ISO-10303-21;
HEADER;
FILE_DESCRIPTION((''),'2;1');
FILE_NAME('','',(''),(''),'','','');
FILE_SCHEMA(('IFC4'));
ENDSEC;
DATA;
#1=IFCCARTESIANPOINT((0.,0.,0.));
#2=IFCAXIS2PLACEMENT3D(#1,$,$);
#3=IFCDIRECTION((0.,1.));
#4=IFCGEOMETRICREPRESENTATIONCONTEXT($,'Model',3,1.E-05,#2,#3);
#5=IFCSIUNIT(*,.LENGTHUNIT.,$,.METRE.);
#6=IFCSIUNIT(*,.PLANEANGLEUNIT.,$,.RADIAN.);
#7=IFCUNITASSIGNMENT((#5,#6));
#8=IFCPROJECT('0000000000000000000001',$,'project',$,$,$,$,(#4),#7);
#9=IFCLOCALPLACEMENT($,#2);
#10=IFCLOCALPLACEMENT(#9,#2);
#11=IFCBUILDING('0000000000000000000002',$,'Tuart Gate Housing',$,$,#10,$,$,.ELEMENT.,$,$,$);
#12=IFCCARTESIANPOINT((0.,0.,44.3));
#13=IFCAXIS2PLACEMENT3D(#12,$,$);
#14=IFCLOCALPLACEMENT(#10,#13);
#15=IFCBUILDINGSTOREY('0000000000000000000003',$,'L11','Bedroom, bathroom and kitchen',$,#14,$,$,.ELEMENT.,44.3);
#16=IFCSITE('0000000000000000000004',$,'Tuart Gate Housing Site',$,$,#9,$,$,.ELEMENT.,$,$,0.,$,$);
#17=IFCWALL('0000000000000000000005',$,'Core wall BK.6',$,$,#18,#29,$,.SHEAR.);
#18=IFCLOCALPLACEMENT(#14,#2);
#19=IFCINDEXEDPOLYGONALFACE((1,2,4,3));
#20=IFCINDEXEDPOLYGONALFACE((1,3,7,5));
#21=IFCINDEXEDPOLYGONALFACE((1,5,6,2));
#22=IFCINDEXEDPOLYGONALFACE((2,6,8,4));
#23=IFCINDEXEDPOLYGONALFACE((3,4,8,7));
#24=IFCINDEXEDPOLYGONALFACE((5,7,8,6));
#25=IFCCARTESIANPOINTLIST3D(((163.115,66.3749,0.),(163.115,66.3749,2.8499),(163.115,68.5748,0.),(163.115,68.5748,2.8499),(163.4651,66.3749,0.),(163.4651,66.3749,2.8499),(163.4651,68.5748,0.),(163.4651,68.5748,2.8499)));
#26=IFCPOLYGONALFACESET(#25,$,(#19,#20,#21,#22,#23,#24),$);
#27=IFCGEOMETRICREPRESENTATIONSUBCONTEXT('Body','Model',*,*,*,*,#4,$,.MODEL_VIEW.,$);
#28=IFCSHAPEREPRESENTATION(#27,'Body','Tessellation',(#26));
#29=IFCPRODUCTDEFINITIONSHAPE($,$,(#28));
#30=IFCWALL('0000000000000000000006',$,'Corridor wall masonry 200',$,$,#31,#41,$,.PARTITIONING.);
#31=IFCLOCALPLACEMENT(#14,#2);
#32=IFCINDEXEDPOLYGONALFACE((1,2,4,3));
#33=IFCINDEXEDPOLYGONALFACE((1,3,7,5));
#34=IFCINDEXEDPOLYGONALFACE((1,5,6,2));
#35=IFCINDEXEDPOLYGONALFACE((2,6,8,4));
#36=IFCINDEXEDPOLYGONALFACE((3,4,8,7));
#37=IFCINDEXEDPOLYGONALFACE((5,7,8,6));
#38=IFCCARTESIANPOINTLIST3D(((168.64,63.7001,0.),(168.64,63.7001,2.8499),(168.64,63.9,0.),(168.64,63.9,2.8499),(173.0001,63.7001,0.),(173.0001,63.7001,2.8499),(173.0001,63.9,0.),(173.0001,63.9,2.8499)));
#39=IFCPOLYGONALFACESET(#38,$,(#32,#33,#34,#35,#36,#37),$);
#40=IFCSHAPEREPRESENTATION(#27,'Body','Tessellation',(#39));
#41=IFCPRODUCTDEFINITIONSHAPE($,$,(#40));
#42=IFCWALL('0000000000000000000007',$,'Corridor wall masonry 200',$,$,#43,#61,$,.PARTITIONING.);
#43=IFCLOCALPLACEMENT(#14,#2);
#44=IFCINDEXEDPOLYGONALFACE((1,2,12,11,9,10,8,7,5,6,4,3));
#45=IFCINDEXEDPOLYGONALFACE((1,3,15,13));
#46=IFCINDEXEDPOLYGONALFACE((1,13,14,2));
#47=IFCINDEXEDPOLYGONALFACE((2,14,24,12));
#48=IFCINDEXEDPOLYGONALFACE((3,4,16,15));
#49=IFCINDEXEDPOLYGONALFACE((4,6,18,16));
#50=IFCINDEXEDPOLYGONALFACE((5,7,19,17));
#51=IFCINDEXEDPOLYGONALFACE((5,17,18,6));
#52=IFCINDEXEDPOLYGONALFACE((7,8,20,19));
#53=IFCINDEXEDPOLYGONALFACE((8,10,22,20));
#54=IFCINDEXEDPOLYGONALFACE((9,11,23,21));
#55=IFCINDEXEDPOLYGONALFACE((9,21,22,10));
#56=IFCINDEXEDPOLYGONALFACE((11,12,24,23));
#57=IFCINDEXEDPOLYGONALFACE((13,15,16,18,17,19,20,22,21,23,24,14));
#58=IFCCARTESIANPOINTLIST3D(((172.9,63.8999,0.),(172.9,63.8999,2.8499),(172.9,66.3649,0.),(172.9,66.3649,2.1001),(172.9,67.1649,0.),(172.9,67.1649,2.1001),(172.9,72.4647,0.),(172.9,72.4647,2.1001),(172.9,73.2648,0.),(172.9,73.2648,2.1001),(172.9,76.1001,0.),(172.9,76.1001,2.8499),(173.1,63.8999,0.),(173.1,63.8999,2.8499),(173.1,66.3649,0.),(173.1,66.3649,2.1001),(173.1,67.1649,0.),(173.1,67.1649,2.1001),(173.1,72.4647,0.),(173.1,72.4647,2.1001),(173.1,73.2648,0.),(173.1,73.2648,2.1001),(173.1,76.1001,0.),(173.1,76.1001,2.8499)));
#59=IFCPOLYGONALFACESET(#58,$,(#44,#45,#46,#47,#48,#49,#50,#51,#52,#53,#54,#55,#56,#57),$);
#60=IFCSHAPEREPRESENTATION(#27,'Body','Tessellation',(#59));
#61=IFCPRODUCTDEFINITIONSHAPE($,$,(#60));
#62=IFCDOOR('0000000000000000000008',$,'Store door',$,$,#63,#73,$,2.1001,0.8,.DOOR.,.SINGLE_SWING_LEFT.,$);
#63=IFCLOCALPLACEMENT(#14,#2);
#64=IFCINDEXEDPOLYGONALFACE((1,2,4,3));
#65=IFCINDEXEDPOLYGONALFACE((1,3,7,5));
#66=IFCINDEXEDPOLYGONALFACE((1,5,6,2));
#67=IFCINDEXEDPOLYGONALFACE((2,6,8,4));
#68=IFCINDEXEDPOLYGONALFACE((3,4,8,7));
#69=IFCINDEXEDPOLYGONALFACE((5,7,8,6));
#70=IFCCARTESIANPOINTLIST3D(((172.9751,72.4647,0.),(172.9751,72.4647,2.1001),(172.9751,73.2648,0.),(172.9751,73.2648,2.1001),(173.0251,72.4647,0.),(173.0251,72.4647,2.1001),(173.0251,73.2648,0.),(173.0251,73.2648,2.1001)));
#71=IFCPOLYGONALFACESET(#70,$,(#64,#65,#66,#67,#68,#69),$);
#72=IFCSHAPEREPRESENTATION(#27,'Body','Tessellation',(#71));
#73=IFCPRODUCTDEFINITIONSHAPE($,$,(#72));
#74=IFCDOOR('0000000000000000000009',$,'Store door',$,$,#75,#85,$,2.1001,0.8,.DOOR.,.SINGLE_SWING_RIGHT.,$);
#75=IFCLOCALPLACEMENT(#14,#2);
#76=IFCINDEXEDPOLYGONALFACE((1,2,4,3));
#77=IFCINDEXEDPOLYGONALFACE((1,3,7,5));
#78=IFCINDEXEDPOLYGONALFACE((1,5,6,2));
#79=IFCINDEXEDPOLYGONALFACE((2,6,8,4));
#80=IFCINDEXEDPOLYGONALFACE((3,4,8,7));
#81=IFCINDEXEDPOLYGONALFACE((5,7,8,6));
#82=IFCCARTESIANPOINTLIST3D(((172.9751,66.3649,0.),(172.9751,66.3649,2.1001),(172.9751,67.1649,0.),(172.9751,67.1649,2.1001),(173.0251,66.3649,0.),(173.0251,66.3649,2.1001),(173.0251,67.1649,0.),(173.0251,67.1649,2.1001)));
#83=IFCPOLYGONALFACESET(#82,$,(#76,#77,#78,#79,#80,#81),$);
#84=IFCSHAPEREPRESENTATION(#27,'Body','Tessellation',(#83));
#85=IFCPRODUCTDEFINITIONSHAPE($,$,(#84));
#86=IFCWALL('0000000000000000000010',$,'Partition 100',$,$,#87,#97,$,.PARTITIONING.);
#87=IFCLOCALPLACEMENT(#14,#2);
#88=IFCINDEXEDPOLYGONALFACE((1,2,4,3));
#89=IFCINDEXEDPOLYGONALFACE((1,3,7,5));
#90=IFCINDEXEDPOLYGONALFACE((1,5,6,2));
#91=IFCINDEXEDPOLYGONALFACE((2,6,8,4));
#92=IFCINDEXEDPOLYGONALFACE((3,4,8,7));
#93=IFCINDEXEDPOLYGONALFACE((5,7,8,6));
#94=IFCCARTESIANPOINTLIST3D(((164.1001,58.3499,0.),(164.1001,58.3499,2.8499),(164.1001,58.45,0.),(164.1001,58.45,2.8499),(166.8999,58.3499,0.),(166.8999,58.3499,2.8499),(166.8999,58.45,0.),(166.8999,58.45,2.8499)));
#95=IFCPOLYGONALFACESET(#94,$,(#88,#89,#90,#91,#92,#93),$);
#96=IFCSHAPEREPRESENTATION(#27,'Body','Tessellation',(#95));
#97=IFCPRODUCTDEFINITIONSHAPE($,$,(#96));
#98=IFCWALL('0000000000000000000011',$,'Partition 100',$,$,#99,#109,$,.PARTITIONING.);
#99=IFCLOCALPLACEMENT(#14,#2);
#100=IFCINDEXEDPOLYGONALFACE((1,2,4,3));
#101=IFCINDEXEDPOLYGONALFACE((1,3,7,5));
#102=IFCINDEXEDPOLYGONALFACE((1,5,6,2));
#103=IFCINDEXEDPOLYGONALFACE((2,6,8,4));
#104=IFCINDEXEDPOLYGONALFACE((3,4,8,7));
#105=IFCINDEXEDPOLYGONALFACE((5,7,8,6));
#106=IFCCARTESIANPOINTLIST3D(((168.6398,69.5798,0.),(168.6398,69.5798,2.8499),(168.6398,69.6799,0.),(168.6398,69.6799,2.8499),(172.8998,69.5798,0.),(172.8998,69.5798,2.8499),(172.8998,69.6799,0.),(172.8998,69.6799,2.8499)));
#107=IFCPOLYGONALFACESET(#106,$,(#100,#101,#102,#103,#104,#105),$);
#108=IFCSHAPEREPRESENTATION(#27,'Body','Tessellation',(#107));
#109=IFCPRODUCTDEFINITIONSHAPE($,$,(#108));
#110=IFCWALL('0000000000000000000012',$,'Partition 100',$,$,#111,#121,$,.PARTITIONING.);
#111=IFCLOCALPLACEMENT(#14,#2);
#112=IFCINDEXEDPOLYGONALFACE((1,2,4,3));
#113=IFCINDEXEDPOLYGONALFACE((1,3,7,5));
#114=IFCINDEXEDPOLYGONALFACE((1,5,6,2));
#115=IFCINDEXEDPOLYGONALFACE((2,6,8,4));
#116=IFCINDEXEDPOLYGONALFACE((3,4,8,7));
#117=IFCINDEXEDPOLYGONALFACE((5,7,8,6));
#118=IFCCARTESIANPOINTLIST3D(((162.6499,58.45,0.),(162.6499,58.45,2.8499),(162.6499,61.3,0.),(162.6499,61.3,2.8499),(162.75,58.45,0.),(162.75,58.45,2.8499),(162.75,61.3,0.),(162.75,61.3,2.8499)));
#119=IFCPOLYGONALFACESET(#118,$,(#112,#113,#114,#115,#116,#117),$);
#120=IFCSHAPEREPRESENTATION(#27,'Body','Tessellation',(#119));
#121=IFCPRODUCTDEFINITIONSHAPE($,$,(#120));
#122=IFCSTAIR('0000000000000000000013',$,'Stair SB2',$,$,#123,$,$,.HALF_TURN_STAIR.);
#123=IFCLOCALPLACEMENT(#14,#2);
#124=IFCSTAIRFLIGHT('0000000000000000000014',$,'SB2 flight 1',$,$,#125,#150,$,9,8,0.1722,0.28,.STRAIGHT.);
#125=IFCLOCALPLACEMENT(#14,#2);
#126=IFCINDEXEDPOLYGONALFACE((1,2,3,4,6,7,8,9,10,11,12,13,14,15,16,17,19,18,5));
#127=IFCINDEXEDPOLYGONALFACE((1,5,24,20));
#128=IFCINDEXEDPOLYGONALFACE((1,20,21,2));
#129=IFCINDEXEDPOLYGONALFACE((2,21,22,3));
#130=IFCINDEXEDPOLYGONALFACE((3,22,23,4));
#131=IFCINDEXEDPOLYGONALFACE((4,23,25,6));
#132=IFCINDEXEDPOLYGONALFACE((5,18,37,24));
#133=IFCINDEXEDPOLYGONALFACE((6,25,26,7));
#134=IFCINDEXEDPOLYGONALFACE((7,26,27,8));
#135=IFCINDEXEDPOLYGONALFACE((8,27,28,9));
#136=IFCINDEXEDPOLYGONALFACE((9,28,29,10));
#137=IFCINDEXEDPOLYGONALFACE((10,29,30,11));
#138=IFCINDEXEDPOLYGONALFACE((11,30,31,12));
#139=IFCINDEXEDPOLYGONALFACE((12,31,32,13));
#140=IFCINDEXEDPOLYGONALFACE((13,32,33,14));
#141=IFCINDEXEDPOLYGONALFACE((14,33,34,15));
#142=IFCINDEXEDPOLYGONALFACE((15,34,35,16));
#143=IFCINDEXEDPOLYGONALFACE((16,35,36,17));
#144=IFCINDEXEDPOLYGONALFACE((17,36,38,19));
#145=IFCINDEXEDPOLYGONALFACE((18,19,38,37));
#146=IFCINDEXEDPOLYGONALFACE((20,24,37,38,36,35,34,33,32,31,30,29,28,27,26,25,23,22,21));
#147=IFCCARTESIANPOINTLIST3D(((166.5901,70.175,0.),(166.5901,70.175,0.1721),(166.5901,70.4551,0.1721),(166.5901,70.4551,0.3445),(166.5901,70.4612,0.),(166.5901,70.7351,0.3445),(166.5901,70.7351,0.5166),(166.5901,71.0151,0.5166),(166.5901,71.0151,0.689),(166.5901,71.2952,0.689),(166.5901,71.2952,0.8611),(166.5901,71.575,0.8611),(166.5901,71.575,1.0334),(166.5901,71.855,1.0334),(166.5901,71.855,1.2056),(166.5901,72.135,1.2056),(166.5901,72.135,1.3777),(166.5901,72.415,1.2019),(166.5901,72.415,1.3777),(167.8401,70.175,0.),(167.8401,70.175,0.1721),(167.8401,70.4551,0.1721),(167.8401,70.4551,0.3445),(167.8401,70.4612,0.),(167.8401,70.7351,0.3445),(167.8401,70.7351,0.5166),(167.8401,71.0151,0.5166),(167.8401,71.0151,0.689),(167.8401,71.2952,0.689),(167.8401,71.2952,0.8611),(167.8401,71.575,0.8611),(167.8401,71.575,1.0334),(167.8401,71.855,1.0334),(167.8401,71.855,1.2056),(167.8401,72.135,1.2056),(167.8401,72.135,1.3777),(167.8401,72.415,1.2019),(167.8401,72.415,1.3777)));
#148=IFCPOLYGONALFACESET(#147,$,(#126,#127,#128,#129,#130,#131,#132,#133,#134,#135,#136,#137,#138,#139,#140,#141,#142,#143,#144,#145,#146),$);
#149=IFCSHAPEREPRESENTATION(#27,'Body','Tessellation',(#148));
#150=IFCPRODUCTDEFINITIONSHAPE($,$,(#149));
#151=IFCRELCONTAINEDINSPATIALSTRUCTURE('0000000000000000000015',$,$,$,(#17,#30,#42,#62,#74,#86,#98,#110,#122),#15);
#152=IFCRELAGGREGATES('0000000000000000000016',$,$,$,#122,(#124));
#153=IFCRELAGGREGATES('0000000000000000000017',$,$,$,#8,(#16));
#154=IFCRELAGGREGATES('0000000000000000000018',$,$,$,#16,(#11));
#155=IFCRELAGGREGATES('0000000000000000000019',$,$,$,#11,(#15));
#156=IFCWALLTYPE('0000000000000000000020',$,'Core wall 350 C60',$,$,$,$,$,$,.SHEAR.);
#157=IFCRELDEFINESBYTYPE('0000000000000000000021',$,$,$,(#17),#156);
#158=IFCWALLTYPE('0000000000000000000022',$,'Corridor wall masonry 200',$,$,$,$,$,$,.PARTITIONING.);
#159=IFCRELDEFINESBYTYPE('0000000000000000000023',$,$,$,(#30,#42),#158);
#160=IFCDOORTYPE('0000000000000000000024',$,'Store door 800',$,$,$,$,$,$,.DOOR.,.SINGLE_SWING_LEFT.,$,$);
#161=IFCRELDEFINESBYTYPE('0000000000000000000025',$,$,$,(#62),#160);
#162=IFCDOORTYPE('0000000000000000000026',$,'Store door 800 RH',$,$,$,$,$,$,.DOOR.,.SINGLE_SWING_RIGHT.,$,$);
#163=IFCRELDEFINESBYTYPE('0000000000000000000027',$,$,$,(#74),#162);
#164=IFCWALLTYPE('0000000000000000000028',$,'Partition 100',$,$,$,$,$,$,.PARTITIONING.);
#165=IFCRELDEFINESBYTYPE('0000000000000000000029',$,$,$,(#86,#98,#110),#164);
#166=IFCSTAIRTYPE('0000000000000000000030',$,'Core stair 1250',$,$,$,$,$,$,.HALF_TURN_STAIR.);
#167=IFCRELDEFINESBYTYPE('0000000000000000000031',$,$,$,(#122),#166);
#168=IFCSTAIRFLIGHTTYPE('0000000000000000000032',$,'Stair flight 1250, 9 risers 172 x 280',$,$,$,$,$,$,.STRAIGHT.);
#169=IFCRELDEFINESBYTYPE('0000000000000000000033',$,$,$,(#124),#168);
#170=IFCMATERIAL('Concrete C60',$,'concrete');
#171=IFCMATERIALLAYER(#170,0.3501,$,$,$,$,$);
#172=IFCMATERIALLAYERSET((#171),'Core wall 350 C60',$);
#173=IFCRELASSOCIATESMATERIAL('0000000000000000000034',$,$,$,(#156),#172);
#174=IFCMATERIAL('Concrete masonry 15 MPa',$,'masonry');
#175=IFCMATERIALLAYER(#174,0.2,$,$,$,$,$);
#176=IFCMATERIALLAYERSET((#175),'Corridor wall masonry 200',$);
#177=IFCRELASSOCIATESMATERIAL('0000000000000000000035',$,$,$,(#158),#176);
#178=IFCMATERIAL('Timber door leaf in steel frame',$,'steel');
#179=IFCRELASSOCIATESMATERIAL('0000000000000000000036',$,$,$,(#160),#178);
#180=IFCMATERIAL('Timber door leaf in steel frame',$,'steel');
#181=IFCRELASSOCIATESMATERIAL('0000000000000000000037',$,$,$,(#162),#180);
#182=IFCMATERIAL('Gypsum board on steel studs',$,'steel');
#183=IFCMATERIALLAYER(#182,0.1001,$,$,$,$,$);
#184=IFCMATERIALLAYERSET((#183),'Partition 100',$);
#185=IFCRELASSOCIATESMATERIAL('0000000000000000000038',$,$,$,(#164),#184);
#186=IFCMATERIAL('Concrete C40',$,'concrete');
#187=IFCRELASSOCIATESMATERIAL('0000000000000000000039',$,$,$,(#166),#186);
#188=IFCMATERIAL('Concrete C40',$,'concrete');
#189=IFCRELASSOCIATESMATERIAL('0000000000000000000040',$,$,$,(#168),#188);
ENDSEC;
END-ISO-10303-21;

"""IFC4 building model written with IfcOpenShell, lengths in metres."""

from ifc_helpers import new_model, si_unit, direction, frame, frame_2d, origin, place, context, subcontext, project, spatial, polyline, rectangle, outline, extrude, material, layer, layer_set, type_object, element, fill, aggregate, save


model = new_model("IFC4")

# Units and contexts
model_context = context("Model", 3, precision=1e-05, world=origin(), true_north=direction((0.0, 1.0)))
body_context = subcontext(model_context, "Body", "Model", "MODEL_VIEW")
ifc_project = project(units=[si_unit("LENGTHUNIT", "METRE"), si_unit("PLANEANGLEUNIT", "RADIAN")], contexts=[model_context])

# Site, building, storey
site_placement = place(None, origin())
site = spatial("IfcSite", under=ifc_project, at=site_placement, Name="Tuart Gate Housing Site", CompositionType="ELEMENT", RefElevation=0.0)
building_placement = place(site_placement, origin())
building = spatial("IfcBuilding", under=site, at=building_placement, Name="Tuart Gate Housing", CompositionType="ELEMENT")
storey_placement = place(building_placement, frame((0.0, 0.0, 44.3)))
storey = spatial("IfcBuildingStorey", under=building, at=storey_placement, Name="L11", Description="Bedroom, bathroom and kitchen", CompositionType="ELEMENT", Elevation=44.3)

# Walls
ifc_material_1 = material(Name="Concrete C60", Category="concrete")
ifc_layer_1 = layer(ifc_material_1, 0.3501)
ifc_layer_set_1 = layer_set([ifc_layer_1], Name="Core wall 350 C60")
wall_type_1 = type_object("IfcWallType", Name="Core wall 350 C60", PredefinedType="SHEAR", material=ifc_layer_set_1)
wall_1_placement = place(storey_placement, frame((163.29, 68.575, 0.0), z_axis=(0.0, 0.0, 1.0), x_axis=(0.0, -1.0, 0.0)))
element("IfcWall", 1, at=wall_1_placement, inside=storey, type_object=wall_type_1, Name="Core wall BK.6", PredefinedType="SHEAR", context=body_context, shape_type="SweptSolid", body=[
    extrude(rectangle(XDim=2.2, YDim=0.3501, at=frame_2d((1.1001, 0.0))), origin(), (0.0, 0.0, 1.0), 2.8499),
])
ifc_material_2 = material(Name="Concrete masonry 15 MPa", Category="masonry")
ifc_layer_2 = layer(ifc_material_2, 0.2)
ifc_layer_set_2 = layer_set([ifc_layer_2], Name="Corridor wall masonry 200")
wall_type_2 = type_object("IfcWallType", Name="Corridor wall masonry 200", PredefinedType="PARTITIONING", material=ifc_layer_set_2)
wall_2_placement = place(storey_placement, frame((168.6399, 63.8, 0.0), z_axis=(0.0, 0.0, 1.0), x_axis=(1.0, 0.0, 0.0)))
element("IfcWall", 2, at=wall_2_placement, inside=storey, type_object=wall_type_2, Name="Corridor wall masonry 200", PredefinedType="PARTITIONING", context=body_context, shape_type="SweptSolid", body=[
    extrude(rectangle(XDim=4.3601, YDim=0.2, at=frame_2d((2.1802, 0.0))), origin(), (0.0, 0.0, 1.0), 2.8499),
])

# Wall, openings, doors
wall_3_placement = place(storey_placement, frame((173.0, 63.8999, 0.0), z_axis=(0.0, 0.0, 1.0), x_axis=(0.0, 1.0, 0.0)))
wall_3 = element("IfcWall", 3, at=wall_3_placement, inside=storey, type_object=wall_type_2, Name="Corridor wall masonry 200", PredefinedType="PARTITIONING", context=body_context, shape_type="SweptSolid", body=[
    extrude(rectangle(XDim=12.2002, YDim=0.2, at=frame_2d((6.1001, 0.0))), origin(), (0.0, 0.0, 1.0), 2.8499),
])
opening_1_placement = place(wall_3_placement, frame((2.4651, 0.0, 0.0)))
opening_1 = element("IfcOpeningElement", 4, at=opening_1_placement, cuts=wall_3, PredefinedType="OPENING", context=body_context, shape_type="SweptSolid", body=[
    extrude(rectangle(XDim=0.8, YDim=2.1001, at=frame_2d((0.3999, 1.05))), frame((0.0, 0.1099, 0.0), z_axis=(0.0, -1.0, 0.0), x_axis=(1.0, 0.0, 0.0)), (0.0, 0.0, 1.0), 0.22),
])
opening_2_placement = place(wall_3_placement, frame((8.5649, 0.0, 0.0)))
opening_2 = element("IfcOpeningElement", 5, at=opening_2_placement, cuts=wall_3, PredefinedType="OPENING", context=body_context, shape_type="SweptSolid", body=[
    extrude(rectangle(XDim=0.8, YDim=2.1001, at=frame_2d((0.3999, 1.05))), frame((0.0, 0.1099, 0.0), z_axis=(0.0, -1.0, 0.0), x_axis=(1.0, 0.0, 0.0)), (0.0, 0.0, 1.0), 0.22),
])
ifc_material_3 = material(Name="Timber door leaf in steel frame", Category="steel")
door_type_1 = type_object("IfcDoorType", Name="Store door 800", OperationType="SINGLE_SWING_LEFT", PredefinedType="DOOR", material=ifc_material_3)
door_1_placement = place(opening_2_placement, origin())
door_1 = element("IfcDoor", 6, at=door_1_placement, inside=storey, type_object=door_type_1, Name="Store door", OperationType="SINGLE_SWING_LEFT", OverallHeight=2.1001, OverallWidth=0.8, PredefinedType="DOOR", context=body_context, shape_type="SweptSolid", body=[
    extrude(rectangle(XDim=0.8, YDim=2.1001, at=frame_2d((0.3999, 1.05))), frame((0.0, 0.0249, 0.0), z_axis=(0.0, -1.0, 0.0), x_axis=(1.0, 0.0, 0.0)), (0.0, 0.0, 1.0), 0.05),
])
fill(opening_2, door_1)
ifc_material_4 = material(Name="Timber door leaf in steel frame", Category="steel")
door_type_2 = type_object("IfcDoorType", Name="Store door 800 RH", OperationType="SINGLE_SWING_RIGHT", PredefinedType="DOOR", material=ifc_material_4)
door_2_placement = place(opening_1_placement, origin())
door_2 = element("IfcDoor", 7, at=door_2_placement, inside=storey, type_object=door_type_2, Name="Store door", OperationType="SINGLE_SWING_RIGHT", OverallHeight=2.1001, OverallWidth=0.8, PredefinedType="DOOR", context=body_context, shape_type="SweptSolid", body=[
    extrude(rectangle(XDim=0.8, YDim=2.1001, at=frame_2d((0.3999, 1.05))), frame((0.0, 0.0249, 0.0), z_axis=(0.0, -1.0, 0.0), x_axis=(1.0, 0.0, 0.0)), (0.0, 0.0, 1.0), 0.05),
])
fill(opening_1, door_2)

# Walls
ifc_material_5 = material(Name="Gypsum board on steel studs", Category="steel")
ifc_layer_3 = layer(ifc_material_5, 0.1001)
ifc_layer_set_3 = layer_set([ifc_layer_3], Name="Partition 100")
wall_type_3 = type_object("IfcWallType", Name="Partition 100", PredefinedType="PARTITIONING", material=ifc_layer_set_3)
wall_4_placement = place(storey_placement, frame((164.1001, 58.3999, 0.0), z_axis=(0.0, 0.0, 1.0), x_axis=(1.0, 0.0, 0.0)))
element("IfcWall", 8, at=wall_4_placement, inside=storey, type_object=wall_type_3, Name="Partition 100", PredefinedType="PARTITIONING", context=body_context, shape_type="SweptSolid", body=[
    extrude(rectangle(XDim=2.7998, YDim=0.1001, at=frame_2d((1.3999, 0.0))), origin(), (0.0, 0.0, 1.0), 2.8499),
])
wall_5_placement = place(storey_placement, frame((168.6399, 69.6299, 0.0), z_axis=(0.0, 0.0, 1.0), x_axis=(1.0, 0.0, 0.0)))
element("IfcWall", 9, at=wall_5_placement, inside=storey, type_object=wall_type_3, Name="Partition 100", PredefinedType="PARTITIONING", context=body_context, shape_type="SweptSolid", body=[
    extrude(rectangle(XDim=4.26, YDim=0.1001, at=frame_2d((2.1299, 0.0))), origin(), (0.0, 0.0, 1.0), 2.8499),
])
wall_6_placement = place(storey_placement, frame((162.7, 58.45, 0.0), z_axis=(0.0, 0.0, 1.0), x_axis=(0.0, 1.0, 0.0)))
element("IfcWall", 10, at=wall_6_placement, inside=storey, type_object=wall_type_3, Name="Partition 100", PredefinedType="PARTITIONING", context=body_context, shape_type="SweptSolid", body=[
    extrude(rectangle(XDim=2.8501, YDim=0.1001, at=frame_2d((1.425, 0.0))), origin(), (0.0, 0.0, 1.0), 2.8499),
])

# Stair, stair flight
ifc_material_6 = material(Name="Concrete C40", Category="concrete")
stair_type = type_object("IfcStairType", Name="Core stair 1250", PredefinedType="HALF_TURN_STAIR", material=ifc_material_6)
stair_placement = place(storey_placement, origin())
stair = element("IfcStair", 11, at=stair_placement, inside=storey, type_object=stair_type, Name="Stair SB2", PredefinedType="HALF_TURN_STAIR")
ifc_material_7 = material(Name="Concrete C40", Category="concrete")
stair_flight_type = type_object("IfcStairFlightType", Name="Stair flight 1250, 9 risers 172 x 280", PredefinedType="STRAIGHT", material=ifc_material_7)
stair_flight_placement = place(storey_placement, frame((167.2151, 70.175, 0.0), z_axis=(0.0, 0.0, 1.0), x_axis=(0.0, 1.0, 0.0)))
stair_flight = element("IfcStairFlight", 12, at=stair_flight_placement, type_object=stair_flight_type, Name="SB2 flight 1", NumberOfRisers=9, NumberOfTreads=8, PredefinedType="STRAIGHT", RiserHeight=0.1722, TreadLength=0.28, context=body_context, shape_type="SweptSolid", body=[
    extrude(outline(polyline([(0.0, 0.0), (0.0, 0.1721), (0.28, 0.1721), (0.28, 0.3445), (0.5601, 0.3445), (0.5601, 0.5166), (0.8401, 0.5166), (0.8401, 0.689), (1.1201, 0.689), (1.1201, 0.8611), (1.3999, 0.8611), (1.3999, 1.0334), (1.6799, 1.0334), (1.6799, 1.2056), (1.96, 1.2056), (1.96, 1.3777), (2.24, 1.3777), (2.24, 1.55), (2.24, 1.2019), (0.2861, 0.0), (0.0, 0.0)])), frame((0.0, 0.625, 0.0), z_axis=(0.0, -1.0, 0.0), x_axis=(1.0, 0.0, 0.0)), (0.0, 0.0, 1.0), 1.25),
])
aggregate(stair, [stair_flight])

save(model, "model.ifc")
